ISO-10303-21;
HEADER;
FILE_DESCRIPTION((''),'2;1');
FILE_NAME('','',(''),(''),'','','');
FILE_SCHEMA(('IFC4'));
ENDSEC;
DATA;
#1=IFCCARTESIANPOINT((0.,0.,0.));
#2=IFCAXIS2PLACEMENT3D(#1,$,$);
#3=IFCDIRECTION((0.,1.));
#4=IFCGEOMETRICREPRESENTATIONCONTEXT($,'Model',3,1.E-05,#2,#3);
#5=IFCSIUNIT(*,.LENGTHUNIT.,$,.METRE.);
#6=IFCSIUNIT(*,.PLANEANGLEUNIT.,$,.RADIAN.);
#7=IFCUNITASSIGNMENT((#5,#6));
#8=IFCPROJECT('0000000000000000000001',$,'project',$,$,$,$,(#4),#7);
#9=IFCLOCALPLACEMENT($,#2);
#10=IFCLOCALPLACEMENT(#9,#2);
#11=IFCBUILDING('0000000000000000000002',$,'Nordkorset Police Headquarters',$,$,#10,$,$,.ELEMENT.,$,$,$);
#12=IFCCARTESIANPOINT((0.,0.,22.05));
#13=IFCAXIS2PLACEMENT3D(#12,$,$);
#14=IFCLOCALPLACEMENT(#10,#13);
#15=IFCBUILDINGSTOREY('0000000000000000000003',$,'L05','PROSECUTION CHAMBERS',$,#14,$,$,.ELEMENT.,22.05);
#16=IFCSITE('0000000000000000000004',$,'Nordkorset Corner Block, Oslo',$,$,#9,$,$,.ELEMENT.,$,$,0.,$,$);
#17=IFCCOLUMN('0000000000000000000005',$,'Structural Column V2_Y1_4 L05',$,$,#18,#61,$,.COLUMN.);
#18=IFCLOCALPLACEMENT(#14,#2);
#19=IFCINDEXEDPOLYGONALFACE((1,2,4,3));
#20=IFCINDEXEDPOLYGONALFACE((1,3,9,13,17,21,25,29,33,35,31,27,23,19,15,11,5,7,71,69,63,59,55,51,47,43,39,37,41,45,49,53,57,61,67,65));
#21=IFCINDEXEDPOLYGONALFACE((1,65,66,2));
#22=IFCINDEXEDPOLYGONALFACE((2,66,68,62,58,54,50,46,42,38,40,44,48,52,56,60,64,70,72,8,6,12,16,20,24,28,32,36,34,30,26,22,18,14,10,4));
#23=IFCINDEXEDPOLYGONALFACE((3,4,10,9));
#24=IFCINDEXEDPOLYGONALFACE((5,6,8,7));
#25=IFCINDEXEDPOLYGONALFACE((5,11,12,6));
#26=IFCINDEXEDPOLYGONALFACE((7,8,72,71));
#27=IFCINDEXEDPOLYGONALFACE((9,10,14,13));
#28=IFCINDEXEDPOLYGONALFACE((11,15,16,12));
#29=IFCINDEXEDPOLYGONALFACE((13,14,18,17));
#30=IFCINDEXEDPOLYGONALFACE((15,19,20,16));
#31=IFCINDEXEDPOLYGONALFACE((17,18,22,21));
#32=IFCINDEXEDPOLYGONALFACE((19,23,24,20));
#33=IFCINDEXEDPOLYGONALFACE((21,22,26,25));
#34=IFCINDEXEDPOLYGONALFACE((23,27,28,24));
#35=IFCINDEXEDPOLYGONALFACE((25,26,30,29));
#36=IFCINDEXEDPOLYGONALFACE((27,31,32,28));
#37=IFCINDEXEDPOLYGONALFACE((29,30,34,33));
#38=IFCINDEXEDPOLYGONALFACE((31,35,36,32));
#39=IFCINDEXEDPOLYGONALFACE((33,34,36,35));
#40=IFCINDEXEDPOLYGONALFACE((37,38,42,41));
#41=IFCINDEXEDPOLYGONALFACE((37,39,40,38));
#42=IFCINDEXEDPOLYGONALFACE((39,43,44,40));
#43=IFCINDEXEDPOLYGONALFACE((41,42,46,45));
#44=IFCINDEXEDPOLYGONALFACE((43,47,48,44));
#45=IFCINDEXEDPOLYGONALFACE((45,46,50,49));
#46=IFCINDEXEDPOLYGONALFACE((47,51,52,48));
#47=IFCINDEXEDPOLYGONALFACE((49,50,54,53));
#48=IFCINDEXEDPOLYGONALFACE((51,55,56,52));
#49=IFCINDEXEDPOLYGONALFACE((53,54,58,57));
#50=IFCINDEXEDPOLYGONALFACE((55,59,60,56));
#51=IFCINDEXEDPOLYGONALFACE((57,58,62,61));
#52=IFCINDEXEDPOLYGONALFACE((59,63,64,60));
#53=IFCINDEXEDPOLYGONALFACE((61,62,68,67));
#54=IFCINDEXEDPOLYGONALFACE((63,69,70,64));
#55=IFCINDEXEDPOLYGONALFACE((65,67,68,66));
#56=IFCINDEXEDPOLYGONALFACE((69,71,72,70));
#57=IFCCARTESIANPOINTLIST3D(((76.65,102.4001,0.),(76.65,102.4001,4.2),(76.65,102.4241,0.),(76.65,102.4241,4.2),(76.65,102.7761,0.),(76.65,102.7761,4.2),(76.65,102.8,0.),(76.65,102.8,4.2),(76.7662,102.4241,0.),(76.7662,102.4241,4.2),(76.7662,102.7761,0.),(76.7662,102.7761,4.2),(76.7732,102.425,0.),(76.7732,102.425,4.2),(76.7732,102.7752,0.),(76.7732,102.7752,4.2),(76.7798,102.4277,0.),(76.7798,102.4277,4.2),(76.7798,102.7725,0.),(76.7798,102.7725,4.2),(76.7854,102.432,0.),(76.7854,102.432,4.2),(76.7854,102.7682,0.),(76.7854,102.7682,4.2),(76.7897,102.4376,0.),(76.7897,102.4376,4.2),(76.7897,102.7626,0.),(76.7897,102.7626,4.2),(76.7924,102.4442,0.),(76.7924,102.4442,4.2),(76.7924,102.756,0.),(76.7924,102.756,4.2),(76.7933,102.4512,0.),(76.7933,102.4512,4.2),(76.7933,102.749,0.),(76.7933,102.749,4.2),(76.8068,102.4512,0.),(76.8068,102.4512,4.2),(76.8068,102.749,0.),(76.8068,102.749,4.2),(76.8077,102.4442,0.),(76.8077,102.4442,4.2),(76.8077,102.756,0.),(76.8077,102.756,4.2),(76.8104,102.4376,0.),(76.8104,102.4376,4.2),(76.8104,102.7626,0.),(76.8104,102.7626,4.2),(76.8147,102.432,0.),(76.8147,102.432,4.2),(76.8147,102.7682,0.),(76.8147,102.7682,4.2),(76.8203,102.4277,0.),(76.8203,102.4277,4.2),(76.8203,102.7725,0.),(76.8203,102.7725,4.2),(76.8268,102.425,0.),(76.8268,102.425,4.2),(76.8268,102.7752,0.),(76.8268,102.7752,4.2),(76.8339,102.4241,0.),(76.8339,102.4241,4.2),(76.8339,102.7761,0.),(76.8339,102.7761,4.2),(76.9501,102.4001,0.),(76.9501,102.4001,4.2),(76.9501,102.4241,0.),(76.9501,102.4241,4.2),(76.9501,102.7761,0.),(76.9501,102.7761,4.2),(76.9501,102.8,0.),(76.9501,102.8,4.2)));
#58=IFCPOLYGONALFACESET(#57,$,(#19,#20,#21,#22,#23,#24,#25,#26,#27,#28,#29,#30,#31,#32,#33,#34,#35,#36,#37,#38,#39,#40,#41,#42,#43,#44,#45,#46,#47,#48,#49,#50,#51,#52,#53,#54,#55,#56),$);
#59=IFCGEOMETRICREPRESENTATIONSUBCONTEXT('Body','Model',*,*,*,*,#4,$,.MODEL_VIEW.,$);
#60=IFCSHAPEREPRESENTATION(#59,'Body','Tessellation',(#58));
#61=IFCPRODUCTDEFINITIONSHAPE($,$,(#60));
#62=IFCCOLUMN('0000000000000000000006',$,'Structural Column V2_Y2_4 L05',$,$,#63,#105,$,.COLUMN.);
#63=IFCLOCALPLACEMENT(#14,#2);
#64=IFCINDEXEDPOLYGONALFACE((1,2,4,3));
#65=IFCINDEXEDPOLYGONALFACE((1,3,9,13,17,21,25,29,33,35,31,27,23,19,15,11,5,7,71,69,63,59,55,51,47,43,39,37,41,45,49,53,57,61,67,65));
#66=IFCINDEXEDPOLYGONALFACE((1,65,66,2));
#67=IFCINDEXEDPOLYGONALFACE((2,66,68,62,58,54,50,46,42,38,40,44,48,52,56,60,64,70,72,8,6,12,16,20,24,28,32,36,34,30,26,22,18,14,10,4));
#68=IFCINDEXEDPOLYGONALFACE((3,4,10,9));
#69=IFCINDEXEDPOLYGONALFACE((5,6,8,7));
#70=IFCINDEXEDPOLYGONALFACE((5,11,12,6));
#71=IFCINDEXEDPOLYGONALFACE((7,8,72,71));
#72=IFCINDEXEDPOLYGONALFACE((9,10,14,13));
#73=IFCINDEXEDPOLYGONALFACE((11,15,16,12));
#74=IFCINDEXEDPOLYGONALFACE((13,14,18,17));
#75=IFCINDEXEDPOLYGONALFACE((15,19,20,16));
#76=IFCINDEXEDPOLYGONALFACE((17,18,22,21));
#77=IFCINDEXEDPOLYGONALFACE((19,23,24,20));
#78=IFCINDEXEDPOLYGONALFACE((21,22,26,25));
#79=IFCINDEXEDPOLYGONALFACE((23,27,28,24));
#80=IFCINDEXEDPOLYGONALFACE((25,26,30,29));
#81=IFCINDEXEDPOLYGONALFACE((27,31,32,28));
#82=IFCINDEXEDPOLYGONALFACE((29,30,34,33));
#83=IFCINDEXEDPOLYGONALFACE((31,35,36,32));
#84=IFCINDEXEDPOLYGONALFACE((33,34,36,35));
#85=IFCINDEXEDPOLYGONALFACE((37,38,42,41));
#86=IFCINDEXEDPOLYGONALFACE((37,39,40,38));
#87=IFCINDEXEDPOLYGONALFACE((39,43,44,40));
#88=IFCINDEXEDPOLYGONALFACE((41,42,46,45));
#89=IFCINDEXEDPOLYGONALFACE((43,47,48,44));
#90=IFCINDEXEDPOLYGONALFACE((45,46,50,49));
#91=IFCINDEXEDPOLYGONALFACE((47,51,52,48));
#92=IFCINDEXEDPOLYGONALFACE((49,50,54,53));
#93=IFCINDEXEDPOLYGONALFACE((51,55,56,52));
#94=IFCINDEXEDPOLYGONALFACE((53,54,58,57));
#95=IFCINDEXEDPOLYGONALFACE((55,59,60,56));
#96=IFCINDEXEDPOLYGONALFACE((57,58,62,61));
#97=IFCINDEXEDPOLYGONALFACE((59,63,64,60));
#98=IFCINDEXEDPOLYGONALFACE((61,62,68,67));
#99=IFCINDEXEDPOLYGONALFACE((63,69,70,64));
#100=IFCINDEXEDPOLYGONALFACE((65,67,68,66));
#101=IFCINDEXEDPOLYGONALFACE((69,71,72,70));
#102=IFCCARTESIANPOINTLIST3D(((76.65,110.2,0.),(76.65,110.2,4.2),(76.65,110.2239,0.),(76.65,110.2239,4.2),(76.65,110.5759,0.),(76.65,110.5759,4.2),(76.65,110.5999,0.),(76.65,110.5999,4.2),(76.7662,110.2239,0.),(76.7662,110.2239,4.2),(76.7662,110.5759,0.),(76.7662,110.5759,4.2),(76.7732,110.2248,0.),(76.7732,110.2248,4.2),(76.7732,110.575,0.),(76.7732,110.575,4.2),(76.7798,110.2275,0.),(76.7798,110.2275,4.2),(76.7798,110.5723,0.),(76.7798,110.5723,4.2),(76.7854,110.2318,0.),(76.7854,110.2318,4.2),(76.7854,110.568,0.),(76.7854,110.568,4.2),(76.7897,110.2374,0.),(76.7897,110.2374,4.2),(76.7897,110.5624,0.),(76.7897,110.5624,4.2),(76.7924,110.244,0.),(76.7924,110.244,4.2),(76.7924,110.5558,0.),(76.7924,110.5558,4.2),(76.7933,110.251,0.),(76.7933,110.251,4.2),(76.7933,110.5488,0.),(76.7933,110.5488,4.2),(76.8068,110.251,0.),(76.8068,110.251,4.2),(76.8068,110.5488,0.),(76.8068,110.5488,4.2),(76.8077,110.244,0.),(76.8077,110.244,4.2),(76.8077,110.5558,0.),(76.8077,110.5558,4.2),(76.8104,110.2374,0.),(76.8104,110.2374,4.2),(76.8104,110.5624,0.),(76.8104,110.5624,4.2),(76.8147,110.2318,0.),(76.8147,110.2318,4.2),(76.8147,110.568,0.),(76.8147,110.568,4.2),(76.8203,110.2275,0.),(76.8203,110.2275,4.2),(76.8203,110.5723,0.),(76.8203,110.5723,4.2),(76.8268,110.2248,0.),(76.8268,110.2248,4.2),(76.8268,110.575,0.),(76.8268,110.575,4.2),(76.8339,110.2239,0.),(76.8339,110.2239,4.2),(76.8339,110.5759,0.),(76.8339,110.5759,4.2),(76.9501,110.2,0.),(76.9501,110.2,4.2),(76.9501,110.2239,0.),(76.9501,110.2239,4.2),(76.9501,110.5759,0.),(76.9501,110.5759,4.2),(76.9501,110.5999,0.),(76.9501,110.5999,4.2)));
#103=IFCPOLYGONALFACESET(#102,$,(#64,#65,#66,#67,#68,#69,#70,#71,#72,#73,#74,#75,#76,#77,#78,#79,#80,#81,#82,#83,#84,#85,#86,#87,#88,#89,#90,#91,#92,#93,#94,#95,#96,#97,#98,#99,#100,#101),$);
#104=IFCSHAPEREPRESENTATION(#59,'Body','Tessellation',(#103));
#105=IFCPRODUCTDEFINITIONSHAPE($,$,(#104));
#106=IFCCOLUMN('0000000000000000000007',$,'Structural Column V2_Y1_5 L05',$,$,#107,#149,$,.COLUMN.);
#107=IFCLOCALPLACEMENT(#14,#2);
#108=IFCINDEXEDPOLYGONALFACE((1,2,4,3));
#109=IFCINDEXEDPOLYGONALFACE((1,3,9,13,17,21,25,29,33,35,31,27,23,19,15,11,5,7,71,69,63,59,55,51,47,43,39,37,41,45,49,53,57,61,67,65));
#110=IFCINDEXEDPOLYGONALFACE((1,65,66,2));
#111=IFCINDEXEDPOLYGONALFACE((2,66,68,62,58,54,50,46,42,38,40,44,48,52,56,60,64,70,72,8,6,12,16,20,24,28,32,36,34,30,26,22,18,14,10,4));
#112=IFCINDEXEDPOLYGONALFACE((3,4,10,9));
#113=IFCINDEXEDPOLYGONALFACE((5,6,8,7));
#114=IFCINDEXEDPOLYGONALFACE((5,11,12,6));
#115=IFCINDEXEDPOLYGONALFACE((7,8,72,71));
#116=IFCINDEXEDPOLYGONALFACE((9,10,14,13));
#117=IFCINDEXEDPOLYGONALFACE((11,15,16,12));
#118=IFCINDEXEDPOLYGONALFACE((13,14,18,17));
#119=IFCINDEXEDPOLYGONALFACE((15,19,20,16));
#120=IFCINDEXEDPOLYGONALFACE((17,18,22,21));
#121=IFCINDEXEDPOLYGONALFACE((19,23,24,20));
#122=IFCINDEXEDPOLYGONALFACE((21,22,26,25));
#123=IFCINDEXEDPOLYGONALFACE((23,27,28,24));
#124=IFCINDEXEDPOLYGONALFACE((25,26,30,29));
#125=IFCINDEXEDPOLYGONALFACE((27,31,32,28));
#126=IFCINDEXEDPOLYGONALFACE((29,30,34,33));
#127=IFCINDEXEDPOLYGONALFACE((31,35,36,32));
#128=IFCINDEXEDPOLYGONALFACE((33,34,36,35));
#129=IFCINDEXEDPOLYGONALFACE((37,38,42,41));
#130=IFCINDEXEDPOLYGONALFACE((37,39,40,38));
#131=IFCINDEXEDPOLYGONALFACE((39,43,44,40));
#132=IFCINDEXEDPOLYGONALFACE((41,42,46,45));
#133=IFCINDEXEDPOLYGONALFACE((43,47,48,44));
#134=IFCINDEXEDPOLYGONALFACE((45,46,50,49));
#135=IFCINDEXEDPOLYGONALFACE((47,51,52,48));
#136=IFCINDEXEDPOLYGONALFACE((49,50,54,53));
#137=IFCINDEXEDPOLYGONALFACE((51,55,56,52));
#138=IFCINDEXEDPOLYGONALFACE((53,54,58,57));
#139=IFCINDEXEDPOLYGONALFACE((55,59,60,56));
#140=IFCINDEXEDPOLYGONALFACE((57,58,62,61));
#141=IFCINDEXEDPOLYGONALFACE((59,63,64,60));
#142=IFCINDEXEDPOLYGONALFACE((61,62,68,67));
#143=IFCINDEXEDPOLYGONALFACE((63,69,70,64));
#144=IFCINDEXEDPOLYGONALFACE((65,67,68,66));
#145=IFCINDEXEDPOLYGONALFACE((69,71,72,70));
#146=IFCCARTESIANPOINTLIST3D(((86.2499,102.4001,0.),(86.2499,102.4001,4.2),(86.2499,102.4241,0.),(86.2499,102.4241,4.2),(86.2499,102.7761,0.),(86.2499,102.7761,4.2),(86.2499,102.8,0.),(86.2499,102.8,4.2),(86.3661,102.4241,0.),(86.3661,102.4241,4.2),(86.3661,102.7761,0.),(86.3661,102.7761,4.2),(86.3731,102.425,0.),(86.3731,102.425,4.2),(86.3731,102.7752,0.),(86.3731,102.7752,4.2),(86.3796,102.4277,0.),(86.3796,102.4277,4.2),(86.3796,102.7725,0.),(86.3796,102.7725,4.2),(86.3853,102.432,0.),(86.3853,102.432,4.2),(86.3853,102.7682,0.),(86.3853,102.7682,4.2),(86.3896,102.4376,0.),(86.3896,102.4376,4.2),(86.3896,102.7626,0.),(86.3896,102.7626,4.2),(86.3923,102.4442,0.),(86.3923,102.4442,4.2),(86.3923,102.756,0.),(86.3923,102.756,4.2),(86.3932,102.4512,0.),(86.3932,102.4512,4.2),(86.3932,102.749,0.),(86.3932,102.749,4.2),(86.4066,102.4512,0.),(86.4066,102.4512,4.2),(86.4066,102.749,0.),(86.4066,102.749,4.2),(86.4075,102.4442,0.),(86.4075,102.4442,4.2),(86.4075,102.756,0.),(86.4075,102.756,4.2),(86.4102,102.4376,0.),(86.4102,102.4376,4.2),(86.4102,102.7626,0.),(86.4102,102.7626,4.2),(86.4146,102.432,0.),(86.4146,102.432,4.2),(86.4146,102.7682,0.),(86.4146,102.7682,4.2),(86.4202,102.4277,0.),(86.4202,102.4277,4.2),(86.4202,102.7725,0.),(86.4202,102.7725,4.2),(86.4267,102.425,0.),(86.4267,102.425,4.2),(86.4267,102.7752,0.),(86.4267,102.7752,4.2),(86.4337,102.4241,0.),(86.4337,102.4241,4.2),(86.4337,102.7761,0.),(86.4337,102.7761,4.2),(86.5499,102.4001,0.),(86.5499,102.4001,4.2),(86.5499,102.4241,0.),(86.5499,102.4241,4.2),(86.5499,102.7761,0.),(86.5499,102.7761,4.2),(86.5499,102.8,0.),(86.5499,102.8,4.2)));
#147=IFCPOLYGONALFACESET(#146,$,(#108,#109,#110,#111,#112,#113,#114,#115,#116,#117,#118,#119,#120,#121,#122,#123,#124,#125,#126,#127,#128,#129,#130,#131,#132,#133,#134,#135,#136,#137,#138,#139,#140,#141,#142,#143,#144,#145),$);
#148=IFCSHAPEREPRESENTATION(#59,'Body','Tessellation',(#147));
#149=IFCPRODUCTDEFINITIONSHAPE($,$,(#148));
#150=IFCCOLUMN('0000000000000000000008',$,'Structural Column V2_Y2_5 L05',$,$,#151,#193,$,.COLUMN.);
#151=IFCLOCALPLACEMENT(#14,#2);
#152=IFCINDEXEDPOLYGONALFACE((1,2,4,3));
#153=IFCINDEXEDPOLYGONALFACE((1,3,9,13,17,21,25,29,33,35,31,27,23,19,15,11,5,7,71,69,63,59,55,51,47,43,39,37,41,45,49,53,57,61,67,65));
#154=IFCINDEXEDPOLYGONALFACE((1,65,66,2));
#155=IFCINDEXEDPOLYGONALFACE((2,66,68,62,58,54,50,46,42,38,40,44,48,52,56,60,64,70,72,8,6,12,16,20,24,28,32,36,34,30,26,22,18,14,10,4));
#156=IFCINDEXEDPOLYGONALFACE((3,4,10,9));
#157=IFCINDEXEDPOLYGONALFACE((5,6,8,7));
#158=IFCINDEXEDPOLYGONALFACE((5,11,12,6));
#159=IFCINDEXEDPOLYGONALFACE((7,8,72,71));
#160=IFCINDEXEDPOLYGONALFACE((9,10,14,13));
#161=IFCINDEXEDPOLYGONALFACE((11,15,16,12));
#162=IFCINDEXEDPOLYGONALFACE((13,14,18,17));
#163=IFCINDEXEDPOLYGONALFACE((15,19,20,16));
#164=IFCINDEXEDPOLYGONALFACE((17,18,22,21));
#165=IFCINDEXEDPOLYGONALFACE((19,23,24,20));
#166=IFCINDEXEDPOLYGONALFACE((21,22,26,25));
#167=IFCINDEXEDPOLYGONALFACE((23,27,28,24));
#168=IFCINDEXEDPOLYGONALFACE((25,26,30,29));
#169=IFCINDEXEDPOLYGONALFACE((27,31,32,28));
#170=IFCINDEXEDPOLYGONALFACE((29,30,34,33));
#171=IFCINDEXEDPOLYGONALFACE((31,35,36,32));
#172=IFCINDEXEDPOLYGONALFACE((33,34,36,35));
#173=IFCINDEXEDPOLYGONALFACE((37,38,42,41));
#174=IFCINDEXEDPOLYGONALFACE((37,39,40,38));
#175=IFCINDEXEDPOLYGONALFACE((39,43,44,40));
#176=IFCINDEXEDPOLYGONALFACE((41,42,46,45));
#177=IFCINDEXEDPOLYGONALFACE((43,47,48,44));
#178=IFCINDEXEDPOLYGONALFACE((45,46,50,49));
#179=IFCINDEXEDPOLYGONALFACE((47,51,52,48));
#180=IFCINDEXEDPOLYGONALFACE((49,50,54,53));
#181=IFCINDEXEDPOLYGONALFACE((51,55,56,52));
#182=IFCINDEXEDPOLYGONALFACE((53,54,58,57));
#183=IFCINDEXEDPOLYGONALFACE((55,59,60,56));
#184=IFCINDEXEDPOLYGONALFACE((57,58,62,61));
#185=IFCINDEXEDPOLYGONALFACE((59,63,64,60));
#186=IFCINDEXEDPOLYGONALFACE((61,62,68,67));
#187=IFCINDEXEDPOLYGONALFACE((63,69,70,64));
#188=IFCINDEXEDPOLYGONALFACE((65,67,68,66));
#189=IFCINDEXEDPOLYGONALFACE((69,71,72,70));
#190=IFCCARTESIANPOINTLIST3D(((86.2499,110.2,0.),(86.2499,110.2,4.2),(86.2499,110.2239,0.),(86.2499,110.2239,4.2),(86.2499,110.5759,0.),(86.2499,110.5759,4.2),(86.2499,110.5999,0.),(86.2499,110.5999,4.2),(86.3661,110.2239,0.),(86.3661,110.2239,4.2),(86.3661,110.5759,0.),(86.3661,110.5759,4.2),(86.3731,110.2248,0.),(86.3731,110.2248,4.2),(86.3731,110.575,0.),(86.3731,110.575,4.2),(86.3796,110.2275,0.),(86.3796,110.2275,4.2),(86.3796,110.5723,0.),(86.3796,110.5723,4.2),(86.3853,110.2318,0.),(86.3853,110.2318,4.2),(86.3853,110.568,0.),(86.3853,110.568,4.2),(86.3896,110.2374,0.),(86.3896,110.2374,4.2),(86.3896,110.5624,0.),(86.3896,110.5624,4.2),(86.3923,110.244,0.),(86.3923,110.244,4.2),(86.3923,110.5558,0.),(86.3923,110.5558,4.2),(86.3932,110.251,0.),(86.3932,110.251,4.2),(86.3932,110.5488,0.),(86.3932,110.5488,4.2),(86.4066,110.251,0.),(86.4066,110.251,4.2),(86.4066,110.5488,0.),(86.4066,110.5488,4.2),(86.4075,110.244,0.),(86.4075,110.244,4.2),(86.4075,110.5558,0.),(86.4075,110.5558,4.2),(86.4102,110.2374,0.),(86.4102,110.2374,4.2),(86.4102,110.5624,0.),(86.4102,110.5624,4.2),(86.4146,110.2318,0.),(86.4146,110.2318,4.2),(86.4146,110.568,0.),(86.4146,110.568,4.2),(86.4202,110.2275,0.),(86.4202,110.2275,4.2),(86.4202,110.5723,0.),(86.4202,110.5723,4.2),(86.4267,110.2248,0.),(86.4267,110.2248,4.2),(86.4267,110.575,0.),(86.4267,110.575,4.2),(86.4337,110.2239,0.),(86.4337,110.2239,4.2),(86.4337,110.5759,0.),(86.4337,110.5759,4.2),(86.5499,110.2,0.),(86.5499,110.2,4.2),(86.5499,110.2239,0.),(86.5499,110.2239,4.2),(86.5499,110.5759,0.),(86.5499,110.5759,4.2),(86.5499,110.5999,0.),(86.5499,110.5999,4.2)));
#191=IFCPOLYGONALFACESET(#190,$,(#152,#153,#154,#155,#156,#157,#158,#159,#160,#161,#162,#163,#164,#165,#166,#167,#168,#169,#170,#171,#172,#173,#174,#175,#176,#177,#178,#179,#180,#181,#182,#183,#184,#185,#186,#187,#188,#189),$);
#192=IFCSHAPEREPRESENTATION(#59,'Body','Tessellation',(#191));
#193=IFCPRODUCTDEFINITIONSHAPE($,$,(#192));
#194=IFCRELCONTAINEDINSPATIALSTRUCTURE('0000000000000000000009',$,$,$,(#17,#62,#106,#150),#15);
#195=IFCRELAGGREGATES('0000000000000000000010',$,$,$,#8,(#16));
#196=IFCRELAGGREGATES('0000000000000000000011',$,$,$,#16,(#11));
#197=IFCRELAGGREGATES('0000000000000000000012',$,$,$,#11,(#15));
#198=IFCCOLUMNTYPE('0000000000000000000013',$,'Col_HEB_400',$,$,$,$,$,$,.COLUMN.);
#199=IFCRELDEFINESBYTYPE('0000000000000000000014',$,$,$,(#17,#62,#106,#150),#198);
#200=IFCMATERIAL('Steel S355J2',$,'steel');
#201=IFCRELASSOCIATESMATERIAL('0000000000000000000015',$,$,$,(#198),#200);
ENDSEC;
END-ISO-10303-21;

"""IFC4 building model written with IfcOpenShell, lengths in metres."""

from ifc_helpers import new_model, si_unit, direction, frame, origin, origin_2d, place, context, subcontext, project, spatial, i_section, extrude, material, material_profile, profile_set, type_object, element, save


model = new_model("IFC4")

# Units and contexts
model_context = context("Model", 3, precision=1e-05, world=origin(), true_north=direction((0.0, 1.0)))
body_context = subcontext(model_context, "Body", "Model", "MODEL_VIEW")
ifc_project = project(units=[si_unit("LENGTHUNIT", "METRE"), si_unit("PLANEANGLEUNIT", "RADIAN")], contexts=[model_context])

# Site, building, storey
site_placement = place(None, origin())
site = spatial("IfcSite", under=ifc_project, at=site_placement, Name="Nordkorset Corner Block, Oslo", CompositionType="ELEMENT", RefElevation=0.0)
building_placement = place(site_placement, origin())
building = spatial("IfcBuilding", under=site, at=building_placement, Name="Nordkorset Police Headquarters", CompositionType="ELEMENT")
storey_placement = place(building_placement, frame((0.0, 0.0, 22.05)))
storey = spatial("IfcBuildingStorey", under=building, at=storey_placement, Name="L05", Description="PROSECUTION CHAMBERS", CompositionType="ELEMENT", Elevation=22.05)

# Columns
ifc_material_1 = material(Name="Steel S355J2", Category="steel")
ifc_material_profile_1 = material_profile(ifc_material_1, i_section(OverallWidth=0.3, OverallDepth=0.3999, WebThickness=0.0134, FlangeThickness=0.0239, FilletRadius=0.0271, at=origin_2d()), Name="HEB 400")
ifc_profile_set_1 = profile_set([ifc_material_profile_1], Name="Steel S355J2")
column_type = type_object("IfcColumnType", Name="Col_HEB_400", PredefinedType="COLUMN", material=ifc_profile_set_1)
for number, where, z_axis, x_axis, name in (
    (1, (76.8, 102.6001, 0.0), (0.0, 0.0, 1.0), (1.0, 0.0, 0.0), "Structural Column V2_Y1_4 L05"),
    (2, (76.8, 110.3999, 0.0), (0.0, 0.0, 1.0), (1.0, 0.0, 0.0), "Structural Column V2_Y2_4 L05"),
    (3, (86.3999, 102.6001, 0.0), (0.0, 0.0, 1.0), (1.0, 0.0, 0.0), "Structural Column V2_Y1_5 L05"),
    (4, (86.3999, 110.3999, 0.0), (0.0, 0.0, 1.0), (1.0, 0.0, 0.0), "Structural Column V2_Y2_5 L05"),
):
    element("IfcColumn", number, at=place(storey_placement, frame(where, z_axis=z_axis, x_axis=x_axis)), inside=storey, type_object=column_type, Name=name, PredefinedType="COLUMN", context=body_context, shape_type="SweptSolid", body=[
        extrude(i_section(OverallWidth=0.3, OverallDepth=0.3999, WebThickness=0.0134, FlangeThickness=0.0239, FilletRadius=0.0271, at=origin_2d()), origin(), (0.0, 0.0, 1.0), 4.2),
    ])

save(model, "model.ifc")
